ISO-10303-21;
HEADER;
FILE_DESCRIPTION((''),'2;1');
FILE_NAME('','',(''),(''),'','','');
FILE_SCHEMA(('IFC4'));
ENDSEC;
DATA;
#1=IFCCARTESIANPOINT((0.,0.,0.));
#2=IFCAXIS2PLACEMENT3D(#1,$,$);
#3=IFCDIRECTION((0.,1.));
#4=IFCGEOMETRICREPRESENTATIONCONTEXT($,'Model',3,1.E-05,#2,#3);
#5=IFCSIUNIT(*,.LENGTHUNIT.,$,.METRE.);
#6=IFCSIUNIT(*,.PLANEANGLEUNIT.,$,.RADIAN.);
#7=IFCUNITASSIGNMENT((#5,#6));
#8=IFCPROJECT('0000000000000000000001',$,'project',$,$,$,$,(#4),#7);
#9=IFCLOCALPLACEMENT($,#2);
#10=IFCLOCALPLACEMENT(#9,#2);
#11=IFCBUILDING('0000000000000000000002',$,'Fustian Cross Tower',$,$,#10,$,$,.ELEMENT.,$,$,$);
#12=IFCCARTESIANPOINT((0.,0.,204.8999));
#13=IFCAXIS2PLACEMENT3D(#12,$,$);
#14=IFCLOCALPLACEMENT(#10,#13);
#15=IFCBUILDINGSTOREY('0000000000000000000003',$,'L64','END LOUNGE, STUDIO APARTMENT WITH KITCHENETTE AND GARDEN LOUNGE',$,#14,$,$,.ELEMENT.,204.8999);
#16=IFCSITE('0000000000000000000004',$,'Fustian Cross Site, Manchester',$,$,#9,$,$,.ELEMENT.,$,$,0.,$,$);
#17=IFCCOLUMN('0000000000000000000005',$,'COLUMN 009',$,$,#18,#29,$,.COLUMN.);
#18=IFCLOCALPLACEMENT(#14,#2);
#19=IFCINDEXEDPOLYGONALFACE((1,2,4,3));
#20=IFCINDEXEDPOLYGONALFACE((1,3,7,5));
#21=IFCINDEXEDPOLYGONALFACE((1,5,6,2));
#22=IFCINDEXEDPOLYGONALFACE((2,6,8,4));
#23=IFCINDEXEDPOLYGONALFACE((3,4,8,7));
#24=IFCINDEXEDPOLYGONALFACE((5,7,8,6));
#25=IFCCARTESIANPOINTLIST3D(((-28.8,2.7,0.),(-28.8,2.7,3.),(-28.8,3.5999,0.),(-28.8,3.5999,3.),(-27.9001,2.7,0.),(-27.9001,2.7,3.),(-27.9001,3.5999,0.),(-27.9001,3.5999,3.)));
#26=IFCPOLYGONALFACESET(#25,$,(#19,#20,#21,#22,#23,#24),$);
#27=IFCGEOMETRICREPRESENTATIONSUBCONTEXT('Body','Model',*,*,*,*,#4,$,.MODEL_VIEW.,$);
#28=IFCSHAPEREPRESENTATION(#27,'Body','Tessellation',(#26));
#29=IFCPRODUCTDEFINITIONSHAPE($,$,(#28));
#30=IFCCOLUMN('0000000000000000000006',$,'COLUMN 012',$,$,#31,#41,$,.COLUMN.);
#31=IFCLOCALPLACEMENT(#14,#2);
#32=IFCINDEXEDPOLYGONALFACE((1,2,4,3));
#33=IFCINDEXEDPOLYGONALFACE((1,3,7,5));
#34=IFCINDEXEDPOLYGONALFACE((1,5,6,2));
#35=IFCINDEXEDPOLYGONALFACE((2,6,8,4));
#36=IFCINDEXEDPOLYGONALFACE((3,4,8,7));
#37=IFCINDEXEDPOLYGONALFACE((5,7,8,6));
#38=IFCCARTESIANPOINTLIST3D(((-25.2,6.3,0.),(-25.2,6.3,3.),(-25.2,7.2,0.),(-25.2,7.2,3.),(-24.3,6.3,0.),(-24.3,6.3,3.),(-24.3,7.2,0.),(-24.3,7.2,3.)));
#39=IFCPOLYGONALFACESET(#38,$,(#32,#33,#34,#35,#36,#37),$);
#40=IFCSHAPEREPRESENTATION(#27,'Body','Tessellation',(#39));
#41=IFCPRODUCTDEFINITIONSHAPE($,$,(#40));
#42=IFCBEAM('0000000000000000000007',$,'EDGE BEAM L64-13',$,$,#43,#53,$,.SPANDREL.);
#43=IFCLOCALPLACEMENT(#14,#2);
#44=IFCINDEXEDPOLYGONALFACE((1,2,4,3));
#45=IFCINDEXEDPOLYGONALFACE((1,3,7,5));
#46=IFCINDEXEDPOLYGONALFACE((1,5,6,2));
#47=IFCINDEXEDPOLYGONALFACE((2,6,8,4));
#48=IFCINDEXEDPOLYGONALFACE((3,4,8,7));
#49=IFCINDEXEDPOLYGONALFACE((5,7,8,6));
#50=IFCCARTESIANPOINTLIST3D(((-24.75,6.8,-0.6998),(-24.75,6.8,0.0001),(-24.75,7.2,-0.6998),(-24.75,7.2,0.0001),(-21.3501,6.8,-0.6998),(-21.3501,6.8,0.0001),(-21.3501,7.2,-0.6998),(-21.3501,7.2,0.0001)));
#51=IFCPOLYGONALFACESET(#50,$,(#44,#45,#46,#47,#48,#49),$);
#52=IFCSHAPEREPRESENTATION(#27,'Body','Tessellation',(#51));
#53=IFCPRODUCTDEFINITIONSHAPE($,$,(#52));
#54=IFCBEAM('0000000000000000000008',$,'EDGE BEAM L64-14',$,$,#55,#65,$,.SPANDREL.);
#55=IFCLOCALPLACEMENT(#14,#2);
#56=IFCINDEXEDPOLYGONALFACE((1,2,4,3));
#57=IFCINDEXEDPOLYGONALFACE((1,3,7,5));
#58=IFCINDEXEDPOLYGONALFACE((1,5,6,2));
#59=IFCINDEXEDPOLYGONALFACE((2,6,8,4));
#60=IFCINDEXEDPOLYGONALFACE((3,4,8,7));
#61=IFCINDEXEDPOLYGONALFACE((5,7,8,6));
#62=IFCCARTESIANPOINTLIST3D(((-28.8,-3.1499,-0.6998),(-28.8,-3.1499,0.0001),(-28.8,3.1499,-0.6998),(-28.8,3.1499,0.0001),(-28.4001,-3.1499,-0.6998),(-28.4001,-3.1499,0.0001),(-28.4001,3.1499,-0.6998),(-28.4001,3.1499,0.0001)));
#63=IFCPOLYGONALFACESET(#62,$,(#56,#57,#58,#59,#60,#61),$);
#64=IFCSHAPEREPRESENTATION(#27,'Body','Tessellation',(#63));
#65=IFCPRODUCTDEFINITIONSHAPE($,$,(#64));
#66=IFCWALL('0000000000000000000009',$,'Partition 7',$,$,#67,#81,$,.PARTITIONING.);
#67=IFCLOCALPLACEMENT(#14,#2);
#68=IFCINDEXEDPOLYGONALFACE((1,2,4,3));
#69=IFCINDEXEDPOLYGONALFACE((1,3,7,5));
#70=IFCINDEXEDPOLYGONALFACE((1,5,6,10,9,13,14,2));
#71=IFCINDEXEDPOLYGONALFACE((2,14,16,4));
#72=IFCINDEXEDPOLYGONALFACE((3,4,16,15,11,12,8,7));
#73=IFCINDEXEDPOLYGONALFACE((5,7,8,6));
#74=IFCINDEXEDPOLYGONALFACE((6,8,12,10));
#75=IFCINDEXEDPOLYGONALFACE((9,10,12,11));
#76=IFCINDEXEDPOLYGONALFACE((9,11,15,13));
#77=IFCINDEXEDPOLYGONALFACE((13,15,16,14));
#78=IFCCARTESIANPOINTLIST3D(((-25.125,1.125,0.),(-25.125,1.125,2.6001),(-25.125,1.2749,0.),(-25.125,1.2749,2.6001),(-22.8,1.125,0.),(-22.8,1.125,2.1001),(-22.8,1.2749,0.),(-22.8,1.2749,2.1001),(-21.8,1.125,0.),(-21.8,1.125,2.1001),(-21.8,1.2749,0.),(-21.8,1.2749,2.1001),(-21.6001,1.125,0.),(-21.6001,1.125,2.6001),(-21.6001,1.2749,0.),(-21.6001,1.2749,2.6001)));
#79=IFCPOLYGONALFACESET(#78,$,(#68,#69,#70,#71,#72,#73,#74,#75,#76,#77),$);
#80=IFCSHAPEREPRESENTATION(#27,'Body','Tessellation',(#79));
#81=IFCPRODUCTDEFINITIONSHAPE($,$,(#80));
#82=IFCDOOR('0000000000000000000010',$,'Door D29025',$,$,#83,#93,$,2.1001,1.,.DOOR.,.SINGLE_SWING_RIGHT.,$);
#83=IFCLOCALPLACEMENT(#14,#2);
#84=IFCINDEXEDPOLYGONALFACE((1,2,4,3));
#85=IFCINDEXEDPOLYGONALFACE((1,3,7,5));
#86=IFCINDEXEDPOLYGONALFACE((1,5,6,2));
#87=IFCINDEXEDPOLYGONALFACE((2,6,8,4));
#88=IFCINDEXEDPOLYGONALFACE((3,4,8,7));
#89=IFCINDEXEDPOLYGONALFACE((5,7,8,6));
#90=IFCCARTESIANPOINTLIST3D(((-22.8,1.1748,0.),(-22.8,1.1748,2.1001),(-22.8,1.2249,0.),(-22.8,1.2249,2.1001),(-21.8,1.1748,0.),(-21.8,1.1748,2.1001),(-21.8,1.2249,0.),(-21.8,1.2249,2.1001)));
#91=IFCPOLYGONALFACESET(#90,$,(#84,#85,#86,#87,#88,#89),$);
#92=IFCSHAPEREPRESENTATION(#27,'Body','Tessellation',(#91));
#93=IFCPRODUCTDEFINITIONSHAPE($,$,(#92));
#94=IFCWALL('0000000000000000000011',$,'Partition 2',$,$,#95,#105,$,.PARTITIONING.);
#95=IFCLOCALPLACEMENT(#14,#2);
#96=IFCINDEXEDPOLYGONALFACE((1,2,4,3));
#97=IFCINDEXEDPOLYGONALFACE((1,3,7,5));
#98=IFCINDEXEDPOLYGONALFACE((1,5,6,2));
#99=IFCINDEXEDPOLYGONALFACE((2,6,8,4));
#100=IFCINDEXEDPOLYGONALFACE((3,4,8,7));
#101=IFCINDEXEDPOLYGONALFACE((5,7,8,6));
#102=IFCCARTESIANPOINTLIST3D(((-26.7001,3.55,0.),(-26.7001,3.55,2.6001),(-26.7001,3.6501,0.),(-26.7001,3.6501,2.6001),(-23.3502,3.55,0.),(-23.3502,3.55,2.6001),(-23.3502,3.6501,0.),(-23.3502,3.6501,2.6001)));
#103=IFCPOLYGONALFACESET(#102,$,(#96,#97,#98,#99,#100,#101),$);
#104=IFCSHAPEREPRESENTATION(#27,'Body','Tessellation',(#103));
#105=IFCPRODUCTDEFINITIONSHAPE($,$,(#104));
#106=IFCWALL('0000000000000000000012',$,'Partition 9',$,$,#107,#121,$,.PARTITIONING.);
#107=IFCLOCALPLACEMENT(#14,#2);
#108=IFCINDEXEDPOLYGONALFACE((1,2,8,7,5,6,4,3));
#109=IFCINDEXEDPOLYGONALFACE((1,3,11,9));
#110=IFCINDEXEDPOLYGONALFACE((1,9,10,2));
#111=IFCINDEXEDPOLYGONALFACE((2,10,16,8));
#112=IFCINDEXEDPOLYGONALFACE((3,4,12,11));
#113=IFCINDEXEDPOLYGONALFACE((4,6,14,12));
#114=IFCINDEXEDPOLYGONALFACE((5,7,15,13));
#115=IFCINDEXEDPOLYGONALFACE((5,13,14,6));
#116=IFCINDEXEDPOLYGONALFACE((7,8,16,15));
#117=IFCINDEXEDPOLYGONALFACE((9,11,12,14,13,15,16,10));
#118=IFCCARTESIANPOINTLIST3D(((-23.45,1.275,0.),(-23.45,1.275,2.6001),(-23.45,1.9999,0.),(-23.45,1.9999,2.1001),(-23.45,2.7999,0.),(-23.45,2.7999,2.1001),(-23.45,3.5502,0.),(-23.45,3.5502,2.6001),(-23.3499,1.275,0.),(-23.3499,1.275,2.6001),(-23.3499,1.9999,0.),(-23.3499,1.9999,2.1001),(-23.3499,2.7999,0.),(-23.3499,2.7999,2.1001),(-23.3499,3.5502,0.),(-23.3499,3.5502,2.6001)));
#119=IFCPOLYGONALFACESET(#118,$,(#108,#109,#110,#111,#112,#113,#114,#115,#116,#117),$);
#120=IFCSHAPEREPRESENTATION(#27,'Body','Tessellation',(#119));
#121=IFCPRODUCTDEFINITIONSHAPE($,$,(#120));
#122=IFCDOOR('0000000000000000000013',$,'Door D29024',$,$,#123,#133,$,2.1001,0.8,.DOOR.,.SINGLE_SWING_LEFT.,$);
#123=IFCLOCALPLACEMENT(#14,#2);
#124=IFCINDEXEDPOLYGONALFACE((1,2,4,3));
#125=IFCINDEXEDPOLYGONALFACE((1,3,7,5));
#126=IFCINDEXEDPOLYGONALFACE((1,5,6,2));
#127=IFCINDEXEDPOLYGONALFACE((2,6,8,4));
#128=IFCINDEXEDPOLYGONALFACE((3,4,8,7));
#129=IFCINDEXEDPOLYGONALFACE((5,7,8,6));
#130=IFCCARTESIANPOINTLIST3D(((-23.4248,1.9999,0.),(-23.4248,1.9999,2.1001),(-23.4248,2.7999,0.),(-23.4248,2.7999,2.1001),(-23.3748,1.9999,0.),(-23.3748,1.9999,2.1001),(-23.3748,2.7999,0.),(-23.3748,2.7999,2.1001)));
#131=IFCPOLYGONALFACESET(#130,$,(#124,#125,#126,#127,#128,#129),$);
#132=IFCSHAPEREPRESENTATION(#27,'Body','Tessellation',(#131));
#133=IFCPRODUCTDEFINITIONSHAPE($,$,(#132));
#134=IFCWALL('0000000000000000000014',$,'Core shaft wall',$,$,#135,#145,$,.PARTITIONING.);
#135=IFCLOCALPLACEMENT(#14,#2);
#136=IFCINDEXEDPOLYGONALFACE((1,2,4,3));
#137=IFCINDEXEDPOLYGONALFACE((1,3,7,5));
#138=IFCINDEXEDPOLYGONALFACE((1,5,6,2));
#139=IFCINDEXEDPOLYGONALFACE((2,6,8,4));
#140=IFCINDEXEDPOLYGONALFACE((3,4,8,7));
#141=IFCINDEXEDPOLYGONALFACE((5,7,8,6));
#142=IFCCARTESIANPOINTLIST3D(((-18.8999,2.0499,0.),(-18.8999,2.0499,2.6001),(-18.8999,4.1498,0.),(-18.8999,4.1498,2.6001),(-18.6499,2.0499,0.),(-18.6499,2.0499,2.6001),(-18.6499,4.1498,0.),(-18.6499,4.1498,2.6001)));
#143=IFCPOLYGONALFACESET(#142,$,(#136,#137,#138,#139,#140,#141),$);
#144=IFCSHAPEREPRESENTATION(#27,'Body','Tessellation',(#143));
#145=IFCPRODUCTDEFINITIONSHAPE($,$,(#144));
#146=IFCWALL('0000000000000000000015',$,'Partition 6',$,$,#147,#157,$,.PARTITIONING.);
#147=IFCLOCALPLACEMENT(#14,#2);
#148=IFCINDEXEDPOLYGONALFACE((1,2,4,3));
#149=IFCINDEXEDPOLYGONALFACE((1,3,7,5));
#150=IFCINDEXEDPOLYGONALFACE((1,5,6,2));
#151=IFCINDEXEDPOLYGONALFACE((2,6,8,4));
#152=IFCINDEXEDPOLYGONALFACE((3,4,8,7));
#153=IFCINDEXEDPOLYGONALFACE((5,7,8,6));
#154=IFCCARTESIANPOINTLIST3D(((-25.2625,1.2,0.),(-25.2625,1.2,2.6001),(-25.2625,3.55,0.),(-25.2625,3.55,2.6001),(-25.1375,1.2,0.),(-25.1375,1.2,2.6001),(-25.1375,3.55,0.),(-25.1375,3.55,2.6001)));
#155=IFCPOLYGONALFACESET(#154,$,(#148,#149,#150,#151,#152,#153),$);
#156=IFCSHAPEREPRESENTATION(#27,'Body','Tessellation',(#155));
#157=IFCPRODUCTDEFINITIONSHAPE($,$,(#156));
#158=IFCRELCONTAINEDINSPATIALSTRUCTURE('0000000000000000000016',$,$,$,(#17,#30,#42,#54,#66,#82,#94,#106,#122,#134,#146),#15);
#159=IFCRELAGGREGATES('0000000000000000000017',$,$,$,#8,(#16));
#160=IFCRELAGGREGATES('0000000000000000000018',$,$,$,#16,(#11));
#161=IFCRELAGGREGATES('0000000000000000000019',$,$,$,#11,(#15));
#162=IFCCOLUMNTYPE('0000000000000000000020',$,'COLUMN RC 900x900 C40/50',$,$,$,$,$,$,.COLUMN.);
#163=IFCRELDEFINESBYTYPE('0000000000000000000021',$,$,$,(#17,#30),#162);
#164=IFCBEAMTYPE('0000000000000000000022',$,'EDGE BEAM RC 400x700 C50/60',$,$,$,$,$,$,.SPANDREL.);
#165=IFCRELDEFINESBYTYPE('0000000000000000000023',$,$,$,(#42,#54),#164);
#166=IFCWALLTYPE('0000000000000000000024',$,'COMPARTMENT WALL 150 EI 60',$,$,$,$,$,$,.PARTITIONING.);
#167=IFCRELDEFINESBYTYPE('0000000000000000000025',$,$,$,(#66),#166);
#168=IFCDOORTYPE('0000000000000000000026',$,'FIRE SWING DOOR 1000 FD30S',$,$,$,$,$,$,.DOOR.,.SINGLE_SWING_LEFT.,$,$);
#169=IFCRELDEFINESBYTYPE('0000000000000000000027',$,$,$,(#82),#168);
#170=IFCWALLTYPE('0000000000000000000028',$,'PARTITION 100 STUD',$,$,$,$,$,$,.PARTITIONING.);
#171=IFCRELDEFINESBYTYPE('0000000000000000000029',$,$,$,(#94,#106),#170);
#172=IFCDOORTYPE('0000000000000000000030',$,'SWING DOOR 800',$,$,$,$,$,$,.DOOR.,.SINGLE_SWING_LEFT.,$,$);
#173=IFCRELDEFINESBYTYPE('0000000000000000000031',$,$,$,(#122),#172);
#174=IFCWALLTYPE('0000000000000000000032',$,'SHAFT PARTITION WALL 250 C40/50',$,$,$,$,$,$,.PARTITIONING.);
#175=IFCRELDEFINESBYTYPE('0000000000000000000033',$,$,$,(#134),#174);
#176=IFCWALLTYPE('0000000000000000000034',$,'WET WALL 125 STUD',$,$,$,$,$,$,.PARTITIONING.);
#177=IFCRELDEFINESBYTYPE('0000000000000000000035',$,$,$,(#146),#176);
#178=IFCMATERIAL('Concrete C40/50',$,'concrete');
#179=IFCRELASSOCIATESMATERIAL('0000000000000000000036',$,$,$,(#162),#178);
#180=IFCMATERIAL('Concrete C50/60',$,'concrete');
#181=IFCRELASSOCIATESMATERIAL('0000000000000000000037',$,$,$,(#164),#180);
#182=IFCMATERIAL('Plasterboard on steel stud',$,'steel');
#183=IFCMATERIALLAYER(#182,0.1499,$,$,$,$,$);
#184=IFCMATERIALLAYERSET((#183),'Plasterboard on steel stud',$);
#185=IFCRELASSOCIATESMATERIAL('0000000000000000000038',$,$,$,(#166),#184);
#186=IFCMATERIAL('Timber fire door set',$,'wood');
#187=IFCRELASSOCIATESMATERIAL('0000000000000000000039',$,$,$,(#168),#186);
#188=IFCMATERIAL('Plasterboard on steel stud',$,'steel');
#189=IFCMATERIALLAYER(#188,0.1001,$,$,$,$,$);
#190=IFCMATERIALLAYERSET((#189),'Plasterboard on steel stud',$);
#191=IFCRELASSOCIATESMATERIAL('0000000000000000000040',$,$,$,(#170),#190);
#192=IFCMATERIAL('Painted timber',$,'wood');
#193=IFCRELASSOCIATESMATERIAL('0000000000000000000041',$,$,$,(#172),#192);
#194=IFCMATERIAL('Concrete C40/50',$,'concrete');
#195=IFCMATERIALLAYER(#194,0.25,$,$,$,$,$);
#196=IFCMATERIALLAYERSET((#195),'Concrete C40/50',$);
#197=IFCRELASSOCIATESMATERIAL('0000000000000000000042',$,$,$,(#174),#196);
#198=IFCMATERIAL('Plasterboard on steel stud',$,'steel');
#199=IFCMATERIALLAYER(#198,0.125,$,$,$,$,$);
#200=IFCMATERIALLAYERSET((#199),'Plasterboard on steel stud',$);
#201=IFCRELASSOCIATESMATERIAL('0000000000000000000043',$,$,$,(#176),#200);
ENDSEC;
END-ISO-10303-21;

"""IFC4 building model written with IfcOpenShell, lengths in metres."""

from ifc_helpers import new_model, si_unit, direction, frame, frame_2d, origin, origin_2d, place, context, subcontext, project, spatial, rectangle, extrude, material, layer, layer_set, material_profile, profile_set, type_object, element, fill, save


model = new_model("IFC4")

# Units and contexts
model_context = context("Model", 3, precision=1e-05, world=origin(), true_north=direction((0.0, 1.0)))
body_context = subcontext(model_context, "Body", "Model", "MODEL_VIEW")
ifc_project = project(units=[si_unit("LENGTHUNIT", "METRE"), si_unit("PLANEANGLEUNIT", "RADIAN")], contexts=[model_context])

# Site, building, storey
site_placement = place(None, origin())
site = spatial("IfcSite", under=ifc_project, at=site_placement, Name="Fustian Cross Site, Manchester", CompositionType="ELEMENT", RefElevation=0.0)
building_placement = place(site_placement, origin())
building = spatial("IfcBuilding", under=site, at=building_placement, Name="Fustian Cross Tower", CompositionType="ELEMENT")
storey_placement = place(building_placement, frame((0.0, 0.0, 204.8999)))
storey = spatial("IfcBuildingStorey", under=building, at=storey_placement, Name="L64", Description="END LOUNGE, STUDIO APARTMENT WITH KITCHENETTE AND GARDEN LOUNGE", CompositionType="ELEMENT", Elevation=204.8999)

# Columns
ifc_material_1 = material(Name="Concrete C40/50", Category="concrete")
ifc_material_profile_1 = material_profile(ifc_material_1, rectangle(XDim=0.8999, YDim=0.8999, at=origin_2d()), Name="RC 900x900")
ifc_profile_set_1 = profile_set([ifc_material_profile_1], Name="Concrete C40/50")
column_type = type_object("IfcColumnType", Name="COLUMN RC 900x900 C40/50", PredefinedType="COLUMN", material=ifc_profile_set_1)
for number, where, z_axis, x_axis, name in (
    (1, (-28.3501, 3.1499, 0.0), (0.0, 0.0, 1.0), (1.0, 0.0, 0.0), "COLUMN 009"),
    (2, (-24.75, 6.75, 0.0), (0.0, 0.0, 1.0), (1.0, 0.0, 0.0), "COLUMN 012"),
):
    element("IfcColumn", number, at=place(storey_placement, frame(where, z_axis=z_axis, x_axis=x_axis)), inside=storey, type_object=column_type, Name=name, PredefinedType="COLUMN", context=body_context, shape_type="SweptSolid", body=[
        extrude(rectangle(XDim=0.8999, YDim=0.8999, at=origin_2d()), origin(), (0.0, 0.0, 1.0), 3.0),
    ])

# Beams
ifc_material_2 = material(Name="Concrete C50/60", Category="concrete")
ifc_material_profile_2 = material_profile(ifc_material_2, rectangle(XDim=0.3999, YDim=0.7, at=origin_2d()), Name="RC 400x700")
ifc_profile_set_2 = profile_set([ifc_material_profile_2], Name="Concrete C50/60")
beam_type = type_object("IfcBeamType", Name="EDGE BEAM RC 400x700 C50/60", PredefinedType="SPANDREL", material=ifc_profile_set_2)
beam_1_placement = place(storey_placement, frame((-21.3501, 7.0, -0.3499), z_axis=(-1.0, 0.0, 0.0), x_axis=(0.0, -1.0, 0.0)))
element("IfcBeam", 3, at=beam_1_placement, inside=storey, type_object=beam_type, Name="EDGE BEAM L64-13", PredefinedType="SPANDREL", context=body_context, shape_type="SweptSolid", body=[
    extrude(rectangle(XDim=0.3999, YDim=0.7, at=origin_2d()), origin(), (0.0, 0.0, 1.0), 3.3999),
])
beam_2_placement = place(storey_placement, frame((-28.6001, 3.1499, -0.3499), z_axis=(0.0, -1.0, 0.0), x_axis=(1.0, 0.0, 0.0)))
element("IfcBeam", 4, at=beam_2_placement, inside=storey, type_object=beam_type, Name="EDGE BEAM L64-14", PredefinedType="SPANDREL", context=body_context, shape_type="SweptSolid", body=[
    extrude(rectangle(XDim=0.3999, YDim=0.7, at=origin_2d()), origin(), (0.0, 0.0, 1.0), 6.2998),
])

# Wall, opening, door
ifc_material_3 = material(Name="Plasterboard on steel stud", Category="steel")
ifc_layer_1 = layer(ifc_material_3, 0.1499)
ifc_layer_set_1 = layer_set([ifc_layer_1], Name="Plasterboard on steel stud")
wall_type_1 = type_object("IfcWallType", Name="COMPARTMENT WALL 150 EI 60", PredefinedType="PARTITIONING", material=ifc_layer_set_1)
wall_1_placement = place(storey_placement, frame((-25.125, 1.2, 0.0), z_axis=(0.0, 0.0, 1.0), x_axis=(1.0, 0.0, 0.0)))
wall_1 = element("IfcWall", 5, at=wall_1_placement, inside=storey, type_object=wall_type_1, Name="Partition 7", PredefinedType="PARTITIONING", context=body_context, shape_type="SweptSolid", body=[
    extrude(rectangle(XDim=3.5249, YDim=0.1499, at=frame_2d((1.7625, 0.0))), origin(), (0.0, 0.0, 1.0), 2.6001),
])
opening_1_placement = place(wall_1_placement, frame((2.325, 0.0, 0.0)))
opening_1 = element("IfcOpeningElement", 6, at=opening_1_placement, cuts=wall_1, PredefinedType="OPENING", context=body_context, shape_type="SweptSolid", body=[
    extrude(rectangle(XDim=1.0, YDim=2.1001, at=frame_2d((0.5, 1.05))), frame((0.0, 0.085, 0.0), z_axis=(0.0, -1.0, 0.0), x_axis=(1.0, 0.0, 0.0)), (0.0, 0.0, 1.0), 0.1699),
])
ifc_material_4 = material(Name="Timber fire door set", Category="wood")
door_type_1 = type_object("IfcDoorType", Name="FIRE SWING DOOR 1000 FD30S", OperationType="SINGLE_SWING_LEFT", PredefinedType="DOOR", material=ifc_material_4)
door_1_placement = place(opening_1_placement, origin())
door_1 = element("IfcDoor", 7, at=door_1_placement, inside=storey, type_object=door_type_1, Name="Door D29025", OperationType="SINGLE_SWING_RIGHT", OverallHeight=2.1001, OverallWidth=1.0, PredefinedType="DOOR", context=body_context, shape_type="SweptSolid", body=[
    extrude(rectangle(XDim=1.0, YDim=2.1001, at=frame_2d((0.5, 1.05))), frame((0.0, 0.0249, 0.0), z_axis=(0.0, -1.0, 0.0), x_axis=(1.0, 0.0, 0.0)), (0.0, 0.0, 1.0), 0.05),
])
fill(opening_1, door_1)

# Wall
ifc_material_5 = material(Name="Plasterboard on steel stud", Category="steel")
ifc_layer_2 = layer(ifc_material_5, 0.1001)
ifc_layer_set_2 = layer_set([ifc_layer_2], Name="Plasterboard on steel stud")
wall_type_2 = type_object("IfcWallType", Name="PARTITION 100 STUD", PredefinedType="PARTITIONING", material=ifc_layer_set_2)
wall_2_placement = place(storey_placement, frame((-26.7, 3.6001, 0.0), z_axis=(0.0, 0.0, 1.0), x_axis=(1.0, 0.0, 0.0)))
element("IfcWall", 8, at=wall_2_placement, inside=storey, type_object=wall_type_2, Name="Partition 2", PredefinedType="PARTITIONING", context=body_context, shape_type="SweptSolid", body=[
    extrude(rectangle(XDim=3.3499, YDim=0.1001, at=frame_2d((1.6748, 0.0))), origin(), (0.0, 0.0, 1.0), 2.6001),
])

# Wall, opening, door
wall_3_placement = place(storey_placement, frame((-23.3999, 1.2749, 0.0), z_axis=(0.0, 0.0, 1.0), x_axis=(0.0, 1.0, 0.0)))
wall_3 = element("IfcWall", 9, at=wall_3_placement, inside=storey, type_object=wall_type_2, Name="Partition 9", PredefinedType="PARTITIONING", context=body_context, shape_type="SweptSolid", body=[
    extrude(rectangle(XDim=2.2751, YDim=0.1001, at=frame_2d((1.1377, 0.0))), origin(), (0.0, 0.0, 1.0), 2.6001),
])
opening_2_placement = place(wall_3_placement, frame((0.7251, 0.0, 0.0)))
opening_2 = element("IfcOpeningElement", 10, at=opening_2_placement, cuts=wall_3, PredefinedType="OPENING", context=body_context, shape_type="SweptSolid", body=[
    extrude(rectangle(XDim=0.8, YDim=2.1001, at=frame_2d((0.3999, 1.05))), frame((0.0, 0.0601, 0.0), z_axis=(0.0, -1.0, 0.0), x_axis=(1.0, 0.0, 0.0)), (0.0, 0.0, 1.0), 0.1201),
])
ifc_material_6 = material(Name="Painted timber", Category="wood")
door_type_2 = type_object("IfcDoorType", Name="SWING DOOR 800", OperationType="SINGLE_SWING_LEFT", PredefinedType="DOOR", material=ifc_material_6)
door_2_placement = place(opening_2_placement, origin())
door_2 = element("IfcDoor", 11, at=door_2_placement, inside=storey, type_object=door_type_2, Name="Door D29024", OperationType="SINGLE_SWING_LEFT", OverallHeight=2.1001, OverallWidth=0.8, PredefinedType="DOOR", context=body_context, shape_type="SweptSolid", body=[
    extrude(rectangle(XDim=0.8, YDim=2.1001, at=frame_2d((0.3999, 1.05))), frame((0.0, 0.0249, 0.0), z_axis=(0.0, -1.0, 0.0), x_axis=(1.0, 0.0, 0.0)), (0.0, 0.0, 1.0), 0.05),
])
fill(opening_2, door_2)

# Walls
ifc_material_7 = material(Name="Concrete C40/50", Category="concrete")
ifc_layer_3 = layer(ifc_material_7, 0.25)
ifc_layer_set_3 = layer_set([ifc_layer_3], Name="Concrete C40/50")
wall_type_3 = type_object("IfcWallType", Name="SHAFT PARTITION WALL 250 C40/50", PredefinedType="PARTITIONING", material=ifc_layer_set_3)
wall_4_placement = place(storey_placement, frame((-18.7749, 2.05, 0.0), z_axis=(0.0, 0.0, 1.0), x_axis=(0.0, 1.0, 0.0)))
element("IfcWall", 12, at=wall_4_placement, inside=storey, type_object=wall_type_3, Name="Core shaft wall", PredefinedType="PARTITIONING", context=body_context, shape_type="SweptSolid", body=[
    extrude(rectangle(XDim=2.0999, YDim=0.25, at=frame_2d((1.0498, 0.0))), origin(), (0.0, 0.0, 1.0), 2.6001),
])
ifc_material_8 = material(Name="Plasterboard on steel stud", Category="steel")
ifc_layer_4 = layer(ifc_material_8, 0.125)
ifc_layer_set_4 = layer_set([ifc_layer_4], Name="Plasterboard on steel stud")
wall_type_4 = type_object("IfcWallType", Name="WET WALL 125 STUD", PredefinedType="PARTITIONING", material=ifc_layer_set_4)
wall_5_placement = place(storey_placement, frame((-25.2, 1.2, 0.0), z_axis=(0.0, 0.0, 1.0), x_axis=(0.0, 1.0, 0.0)))
element("IfcWall", 13, at=wall_5_placement, inside=storey, type_object=wall_type_4, Name="Partition 6", PredefinedType="PARTITIONING", context=body_context, shape_type="SweptSolid", body=[
    extrude(rectangle(XDim=2.3501, YDim=0.125, at=frame_2d((1.175, 0.0))), origin(), (0.0, 0.0, 1.0), 2.6001),
])

save(model, "model.ifc")
